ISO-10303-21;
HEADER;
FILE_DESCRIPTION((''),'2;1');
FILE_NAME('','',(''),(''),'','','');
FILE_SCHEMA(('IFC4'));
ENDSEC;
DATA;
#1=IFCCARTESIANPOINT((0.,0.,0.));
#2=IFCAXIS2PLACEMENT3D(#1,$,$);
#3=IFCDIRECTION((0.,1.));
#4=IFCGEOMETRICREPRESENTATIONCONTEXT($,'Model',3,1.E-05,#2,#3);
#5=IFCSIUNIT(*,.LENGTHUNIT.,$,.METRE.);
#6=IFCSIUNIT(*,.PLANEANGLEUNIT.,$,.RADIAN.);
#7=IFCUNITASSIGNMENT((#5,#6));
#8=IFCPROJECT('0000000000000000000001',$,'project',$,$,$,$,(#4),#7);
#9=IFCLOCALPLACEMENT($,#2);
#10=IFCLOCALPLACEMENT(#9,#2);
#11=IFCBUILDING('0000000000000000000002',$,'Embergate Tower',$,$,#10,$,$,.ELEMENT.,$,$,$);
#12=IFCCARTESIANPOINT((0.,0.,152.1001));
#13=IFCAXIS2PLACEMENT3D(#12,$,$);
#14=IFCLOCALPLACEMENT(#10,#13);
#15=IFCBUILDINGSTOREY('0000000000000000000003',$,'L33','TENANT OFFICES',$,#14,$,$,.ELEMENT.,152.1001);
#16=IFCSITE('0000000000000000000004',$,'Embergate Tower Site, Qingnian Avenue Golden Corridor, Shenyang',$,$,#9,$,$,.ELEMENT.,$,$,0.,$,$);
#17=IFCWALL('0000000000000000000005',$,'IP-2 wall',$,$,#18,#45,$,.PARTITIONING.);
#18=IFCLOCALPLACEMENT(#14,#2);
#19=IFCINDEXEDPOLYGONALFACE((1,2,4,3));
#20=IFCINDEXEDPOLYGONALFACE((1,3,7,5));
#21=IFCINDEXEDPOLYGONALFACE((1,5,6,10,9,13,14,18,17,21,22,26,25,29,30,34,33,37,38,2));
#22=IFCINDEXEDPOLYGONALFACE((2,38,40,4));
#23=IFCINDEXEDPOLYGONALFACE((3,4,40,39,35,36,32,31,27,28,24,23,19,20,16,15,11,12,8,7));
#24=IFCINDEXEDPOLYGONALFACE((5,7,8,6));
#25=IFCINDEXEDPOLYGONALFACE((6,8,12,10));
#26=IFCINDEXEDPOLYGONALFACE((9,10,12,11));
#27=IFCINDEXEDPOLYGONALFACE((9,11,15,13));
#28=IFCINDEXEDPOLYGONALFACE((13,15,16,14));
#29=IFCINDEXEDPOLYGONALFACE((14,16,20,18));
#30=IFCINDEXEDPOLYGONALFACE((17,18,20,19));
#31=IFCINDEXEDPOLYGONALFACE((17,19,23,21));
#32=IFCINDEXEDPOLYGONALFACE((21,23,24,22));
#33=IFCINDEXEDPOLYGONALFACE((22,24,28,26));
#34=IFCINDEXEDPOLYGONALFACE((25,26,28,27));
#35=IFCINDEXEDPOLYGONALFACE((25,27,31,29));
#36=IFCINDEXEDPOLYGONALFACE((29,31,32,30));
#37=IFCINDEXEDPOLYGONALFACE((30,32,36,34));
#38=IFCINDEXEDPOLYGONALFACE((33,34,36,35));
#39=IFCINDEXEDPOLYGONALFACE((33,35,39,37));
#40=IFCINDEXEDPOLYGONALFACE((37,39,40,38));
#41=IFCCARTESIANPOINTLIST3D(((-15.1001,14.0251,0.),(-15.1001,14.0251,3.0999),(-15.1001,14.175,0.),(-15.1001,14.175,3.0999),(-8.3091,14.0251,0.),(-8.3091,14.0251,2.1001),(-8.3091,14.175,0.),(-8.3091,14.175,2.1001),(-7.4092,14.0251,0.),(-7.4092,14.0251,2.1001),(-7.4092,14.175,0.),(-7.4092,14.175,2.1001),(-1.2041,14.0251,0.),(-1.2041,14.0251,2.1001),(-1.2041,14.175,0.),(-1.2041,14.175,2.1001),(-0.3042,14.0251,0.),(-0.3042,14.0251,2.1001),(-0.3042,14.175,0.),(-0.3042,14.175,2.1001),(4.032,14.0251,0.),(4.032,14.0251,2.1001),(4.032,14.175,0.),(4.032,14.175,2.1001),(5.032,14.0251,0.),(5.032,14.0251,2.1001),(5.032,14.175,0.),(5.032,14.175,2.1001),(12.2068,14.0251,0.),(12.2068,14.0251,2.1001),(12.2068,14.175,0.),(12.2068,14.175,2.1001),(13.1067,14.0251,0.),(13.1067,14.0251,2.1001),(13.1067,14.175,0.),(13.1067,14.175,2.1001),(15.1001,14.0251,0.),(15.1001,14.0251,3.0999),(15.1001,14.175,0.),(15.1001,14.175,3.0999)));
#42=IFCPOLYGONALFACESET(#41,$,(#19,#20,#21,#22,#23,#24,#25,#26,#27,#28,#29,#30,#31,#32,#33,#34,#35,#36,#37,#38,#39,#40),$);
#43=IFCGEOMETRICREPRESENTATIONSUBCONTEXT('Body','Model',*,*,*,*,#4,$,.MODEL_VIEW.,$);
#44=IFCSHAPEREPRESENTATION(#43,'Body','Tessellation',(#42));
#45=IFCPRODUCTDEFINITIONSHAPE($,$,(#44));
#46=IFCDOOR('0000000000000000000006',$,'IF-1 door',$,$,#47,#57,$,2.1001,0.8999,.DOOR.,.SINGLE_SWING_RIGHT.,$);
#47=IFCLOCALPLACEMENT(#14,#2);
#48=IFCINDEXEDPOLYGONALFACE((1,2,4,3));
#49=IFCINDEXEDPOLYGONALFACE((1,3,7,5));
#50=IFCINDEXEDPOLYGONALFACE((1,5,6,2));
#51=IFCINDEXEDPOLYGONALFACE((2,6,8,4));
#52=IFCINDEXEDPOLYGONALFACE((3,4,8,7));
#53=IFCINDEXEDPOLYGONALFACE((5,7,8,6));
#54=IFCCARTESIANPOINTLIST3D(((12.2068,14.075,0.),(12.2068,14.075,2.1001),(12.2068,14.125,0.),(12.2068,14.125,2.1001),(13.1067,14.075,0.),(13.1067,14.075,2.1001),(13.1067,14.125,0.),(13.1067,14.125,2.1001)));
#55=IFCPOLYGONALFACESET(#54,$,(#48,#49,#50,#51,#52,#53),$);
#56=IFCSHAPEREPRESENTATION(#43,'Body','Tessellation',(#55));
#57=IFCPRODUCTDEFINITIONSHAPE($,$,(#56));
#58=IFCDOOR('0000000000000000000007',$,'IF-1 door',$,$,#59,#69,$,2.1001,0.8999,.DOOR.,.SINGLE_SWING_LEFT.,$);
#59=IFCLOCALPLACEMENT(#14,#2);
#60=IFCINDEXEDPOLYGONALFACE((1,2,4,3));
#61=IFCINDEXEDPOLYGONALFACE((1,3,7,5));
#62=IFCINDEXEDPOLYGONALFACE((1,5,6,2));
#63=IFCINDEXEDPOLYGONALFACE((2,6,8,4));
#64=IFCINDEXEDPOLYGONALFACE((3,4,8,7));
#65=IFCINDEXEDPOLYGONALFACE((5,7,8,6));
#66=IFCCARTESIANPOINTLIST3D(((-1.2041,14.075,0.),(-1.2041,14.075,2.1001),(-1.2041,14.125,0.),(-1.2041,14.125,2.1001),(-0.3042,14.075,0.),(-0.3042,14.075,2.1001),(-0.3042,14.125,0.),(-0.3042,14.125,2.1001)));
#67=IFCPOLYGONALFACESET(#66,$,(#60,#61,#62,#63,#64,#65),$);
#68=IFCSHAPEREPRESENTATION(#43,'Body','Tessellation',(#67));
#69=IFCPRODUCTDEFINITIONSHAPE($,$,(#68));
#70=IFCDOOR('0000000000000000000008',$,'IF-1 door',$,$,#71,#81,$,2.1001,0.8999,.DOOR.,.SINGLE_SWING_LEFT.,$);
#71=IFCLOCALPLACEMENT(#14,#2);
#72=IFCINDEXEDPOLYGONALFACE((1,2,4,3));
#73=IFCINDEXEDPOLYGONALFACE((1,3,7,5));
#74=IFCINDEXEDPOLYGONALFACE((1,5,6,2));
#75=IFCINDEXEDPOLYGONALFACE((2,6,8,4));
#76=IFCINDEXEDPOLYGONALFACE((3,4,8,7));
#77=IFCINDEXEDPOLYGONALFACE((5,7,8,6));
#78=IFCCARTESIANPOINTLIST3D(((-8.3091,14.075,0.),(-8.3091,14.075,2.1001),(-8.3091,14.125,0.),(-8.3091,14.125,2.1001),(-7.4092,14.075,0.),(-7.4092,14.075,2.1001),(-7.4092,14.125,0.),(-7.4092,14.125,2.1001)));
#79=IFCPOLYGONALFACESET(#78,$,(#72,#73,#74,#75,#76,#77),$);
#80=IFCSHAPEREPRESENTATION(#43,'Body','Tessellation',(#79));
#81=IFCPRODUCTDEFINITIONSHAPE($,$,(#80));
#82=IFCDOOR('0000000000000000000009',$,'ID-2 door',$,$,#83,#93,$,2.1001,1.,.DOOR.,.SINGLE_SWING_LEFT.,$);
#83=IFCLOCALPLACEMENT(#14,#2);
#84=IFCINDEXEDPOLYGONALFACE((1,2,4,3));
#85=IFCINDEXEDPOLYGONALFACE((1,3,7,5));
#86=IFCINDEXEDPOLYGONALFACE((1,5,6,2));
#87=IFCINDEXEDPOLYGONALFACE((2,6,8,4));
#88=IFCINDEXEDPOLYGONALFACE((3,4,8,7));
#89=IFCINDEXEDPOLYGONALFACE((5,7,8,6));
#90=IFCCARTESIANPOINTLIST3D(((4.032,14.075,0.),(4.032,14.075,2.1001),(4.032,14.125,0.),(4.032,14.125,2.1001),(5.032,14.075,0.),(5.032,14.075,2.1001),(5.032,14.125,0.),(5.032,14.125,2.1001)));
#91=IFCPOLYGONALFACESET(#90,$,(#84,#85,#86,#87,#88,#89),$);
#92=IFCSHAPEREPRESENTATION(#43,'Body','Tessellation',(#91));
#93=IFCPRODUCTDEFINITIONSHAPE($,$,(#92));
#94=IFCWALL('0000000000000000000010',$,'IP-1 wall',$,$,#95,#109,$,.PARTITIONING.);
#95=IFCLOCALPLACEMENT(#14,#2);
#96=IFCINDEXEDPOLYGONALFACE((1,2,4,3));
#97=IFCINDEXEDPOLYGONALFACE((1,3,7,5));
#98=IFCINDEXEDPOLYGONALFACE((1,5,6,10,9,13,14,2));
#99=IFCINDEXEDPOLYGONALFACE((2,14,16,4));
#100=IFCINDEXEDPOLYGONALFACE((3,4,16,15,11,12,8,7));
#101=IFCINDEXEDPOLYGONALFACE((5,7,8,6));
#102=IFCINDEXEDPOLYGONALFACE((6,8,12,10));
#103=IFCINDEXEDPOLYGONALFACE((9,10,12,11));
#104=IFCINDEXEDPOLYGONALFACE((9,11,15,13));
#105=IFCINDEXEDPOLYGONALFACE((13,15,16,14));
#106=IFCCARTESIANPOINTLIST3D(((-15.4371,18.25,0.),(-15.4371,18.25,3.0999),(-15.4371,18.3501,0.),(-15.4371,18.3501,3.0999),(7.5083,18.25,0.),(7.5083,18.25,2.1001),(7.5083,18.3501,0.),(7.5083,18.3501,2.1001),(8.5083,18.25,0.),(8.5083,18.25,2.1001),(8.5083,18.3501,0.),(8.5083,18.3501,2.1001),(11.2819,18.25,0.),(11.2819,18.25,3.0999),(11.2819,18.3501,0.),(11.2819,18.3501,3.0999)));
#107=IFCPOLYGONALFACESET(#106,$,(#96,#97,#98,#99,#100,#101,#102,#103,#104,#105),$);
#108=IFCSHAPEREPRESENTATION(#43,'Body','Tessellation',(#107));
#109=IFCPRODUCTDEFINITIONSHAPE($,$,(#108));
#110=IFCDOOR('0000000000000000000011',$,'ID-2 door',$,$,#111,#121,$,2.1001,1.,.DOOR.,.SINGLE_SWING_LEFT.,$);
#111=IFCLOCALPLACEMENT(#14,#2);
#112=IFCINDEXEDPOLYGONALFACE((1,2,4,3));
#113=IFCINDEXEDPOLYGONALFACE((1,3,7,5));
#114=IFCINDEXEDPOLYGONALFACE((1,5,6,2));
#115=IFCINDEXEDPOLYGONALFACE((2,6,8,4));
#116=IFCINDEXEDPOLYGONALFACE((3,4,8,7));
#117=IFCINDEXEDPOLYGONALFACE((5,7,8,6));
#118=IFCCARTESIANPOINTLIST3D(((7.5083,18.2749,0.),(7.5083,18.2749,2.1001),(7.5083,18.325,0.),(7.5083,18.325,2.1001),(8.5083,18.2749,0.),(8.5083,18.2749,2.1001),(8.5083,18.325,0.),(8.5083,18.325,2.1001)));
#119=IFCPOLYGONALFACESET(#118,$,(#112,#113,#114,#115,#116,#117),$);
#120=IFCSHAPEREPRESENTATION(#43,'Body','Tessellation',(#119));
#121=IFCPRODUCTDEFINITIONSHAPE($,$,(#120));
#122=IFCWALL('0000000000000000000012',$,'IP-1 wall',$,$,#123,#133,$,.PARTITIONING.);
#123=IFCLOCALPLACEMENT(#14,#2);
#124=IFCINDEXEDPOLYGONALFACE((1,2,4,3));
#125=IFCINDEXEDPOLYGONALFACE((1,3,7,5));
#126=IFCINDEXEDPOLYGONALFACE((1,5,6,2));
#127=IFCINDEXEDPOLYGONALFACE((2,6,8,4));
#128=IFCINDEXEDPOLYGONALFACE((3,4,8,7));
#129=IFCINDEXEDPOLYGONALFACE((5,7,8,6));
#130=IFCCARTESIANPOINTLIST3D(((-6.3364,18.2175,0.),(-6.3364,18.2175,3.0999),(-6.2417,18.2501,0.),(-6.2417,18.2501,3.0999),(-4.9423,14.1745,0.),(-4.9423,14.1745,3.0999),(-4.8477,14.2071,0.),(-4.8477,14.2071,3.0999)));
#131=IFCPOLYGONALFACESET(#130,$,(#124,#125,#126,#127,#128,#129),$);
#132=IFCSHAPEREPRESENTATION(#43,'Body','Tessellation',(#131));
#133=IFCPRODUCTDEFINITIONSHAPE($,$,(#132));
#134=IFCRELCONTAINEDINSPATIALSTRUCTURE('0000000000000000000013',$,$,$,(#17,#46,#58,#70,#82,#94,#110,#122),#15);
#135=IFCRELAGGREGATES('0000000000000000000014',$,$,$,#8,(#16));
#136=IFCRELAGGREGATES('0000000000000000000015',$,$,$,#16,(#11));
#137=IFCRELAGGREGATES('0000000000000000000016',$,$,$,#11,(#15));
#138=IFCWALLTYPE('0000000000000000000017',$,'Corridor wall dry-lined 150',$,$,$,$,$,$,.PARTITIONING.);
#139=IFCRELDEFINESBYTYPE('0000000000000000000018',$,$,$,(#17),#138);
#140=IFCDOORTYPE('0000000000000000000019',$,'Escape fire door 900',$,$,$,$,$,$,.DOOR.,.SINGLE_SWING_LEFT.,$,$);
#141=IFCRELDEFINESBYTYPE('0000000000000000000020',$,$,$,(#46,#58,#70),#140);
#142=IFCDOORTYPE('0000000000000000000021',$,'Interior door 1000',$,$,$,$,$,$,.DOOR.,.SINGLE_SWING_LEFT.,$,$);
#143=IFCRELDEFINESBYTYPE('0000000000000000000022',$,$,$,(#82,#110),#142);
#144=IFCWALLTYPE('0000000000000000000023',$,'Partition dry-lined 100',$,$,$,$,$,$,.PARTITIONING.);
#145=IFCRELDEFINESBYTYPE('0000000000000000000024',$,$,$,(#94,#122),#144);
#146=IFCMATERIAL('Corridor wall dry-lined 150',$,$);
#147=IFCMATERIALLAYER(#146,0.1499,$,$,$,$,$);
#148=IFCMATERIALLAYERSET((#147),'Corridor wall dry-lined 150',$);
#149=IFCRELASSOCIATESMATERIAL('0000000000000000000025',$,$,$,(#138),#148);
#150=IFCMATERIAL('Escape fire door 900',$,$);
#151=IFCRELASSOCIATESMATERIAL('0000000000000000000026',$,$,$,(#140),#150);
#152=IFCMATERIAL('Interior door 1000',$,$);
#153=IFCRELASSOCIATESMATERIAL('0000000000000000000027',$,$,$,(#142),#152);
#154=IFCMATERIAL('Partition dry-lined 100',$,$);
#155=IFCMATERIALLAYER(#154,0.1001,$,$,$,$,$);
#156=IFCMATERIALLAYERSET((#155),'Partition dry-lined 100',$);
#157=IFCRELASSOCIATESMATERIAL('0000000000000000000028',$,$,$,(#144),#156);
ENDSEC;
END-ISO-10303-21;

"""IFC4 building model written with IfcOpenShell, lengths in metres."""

from ifc_helpers import new_model, si_unit, direction, frame, frame_2d, origin, place, context, subcontext, project, spatial, rectangle, extrude, source, transform, mapped, material, layer, layer_set, type_object, element, fill, save


model = new_model("IFC4")

# Units and contexts
model_context = context("Model", 3, precision=1e-05, world=origin(), true_north=direction((0.0, 1.0)))
body_context = subcontext(model_context, "Body", "Model", "MODEL_VIEW")
ifc_project = project(units=[si_unit("LENGTHUNIT", "METRE"), si_unit("PLANEANGLEUNIT", "RADIAN")], contexts=[model_context])

# Site, building, storey
site_placement = place(None, origin())
site = spatial("IfcSite", under=ifc_project, at=site_placement, Name="Embergate Tower Site, Qingnian Avenue Golden Corridor, Shenyang", CompositionType="ELEMENT", RefElevation=0.0)
building_placement = place(site_placement, origin())
building = spatial("IfcBuilding", under=site, at=building_placement, Name="Embergate Tower", CompositionType="ELEMENT")
storey_placement = place(building_placement, frame((0.0, 0.0, 152.1001)))
storey = spatial("IfcBuildingStorey", under=building, at=storey_placement, Name="L33", Description="TENANT OFFICES", CompositionType="ELEMENT", Elevation=152.1001)

# Wall, openings, doors
ifc_material_1 = material(Name="Corridor wall dry-lined 150")
ifc_layer_1 = layer(ifc_material_1, 0.1499)
ifc_layer_set_1 = layer_set([ifc_layer_1], Name="Corridor wall dry-lined 150")
wall_type_1 = type_object("IfcWallType", Name="Corridor wall dry-lined 150", PredefinedType="PARTITIONING", material=ifc_layer_set_1)
shared_shape_1 = source(origin(), body_context, "Body", "SweptSolid", [
    extrude(rectangle(XDim=30.2002, YDim=0.1499, at=frame_2d((15.1001, 0.0))), origin(), (0.0, 0.0, 1.0), 3.0999),
])
wall_1_placement = place(storey_placement, frame((-15.1001, 14.1001, 0.0), z_axis=(0.0, 0.0, 1.0), x_axis=(1.0, 0.0, 0.0)))
wall_1 = element("IfcWall", 1, at=wall_1_placement, inside=storey, type_object=wall_type_1, Name="IP-2 wall", PredefinedType="PARTITIONING", context=body_context, shape_type="MappedRepresentation", body=[
    mapped(shared_shape_1, transform((0.0, 0.0, 0.0))),
])
shared_shape_2 = source(origin(), body_context, "Body", "SweptSolid", [
    extrude(rectangle(XDim=0.8999, YDim=2.1001, at=frame_2d((0.45, 1.05))), frame((0.0, 0.085, 0.0), z_axis=(0.0, -1.0, 0.0), x_axis=(1.0, 0.0, 0.0)), (0.0, 0.0, 1.0), 0.1699),
])
opening_1_placement = place(wall_1_placement, frame((27.3069, 0.0, 0.0)))
opening_1 = element("IfcOpeningElement", 2, at=opening_1_placement, cuts=wall_1, PredefinedType="OPENING", context=body_context, shape_type="MappedRepresentation", body=[
    mapped(shared_shape_2, transform((0.0, 0.0, 0.0))),
])
shared_shape_3 = source(origin(), body_context, "Body", "SweptSolid", [
    extrude(rectangle(XDim=1.0, YDim=2.1001, at=frame_2d((0.5, 1.05))), frame((0.0, 0.085, 0.0), z_axis=(0.0, -1.0, 0.0), x_axis=(1.0, 0.0, 0.0)), (0.0, 0.0, 1.0), 0.1699),
])
opening_2_placement = place(wall_1_placement, frame((19.1321, 0.0, 0.0)))
opening_2 = element("IfcOpeningElement", 3, at=opening_2_placement, cuts=wall_1, PredefinedType="OPENING", context=body_context, shape_type="MappedRepresentation", body=[
    mapped(shared_shape_3, transform((0.0, 0.0, 0.0))),
])
opening_3_placement = place(wall_1_placement, frame((13.896, 0.0, 0.0)))
opening_3 = element("IfcOpeningElement", 4, at=opening_3_placement, cuts=wall_1, PredefinedType="OPENING", context=body_context, shape_type="MappedRepresentation", body=[
    mapped(shared_shape_2, transform((0.0, 0.0, 0.0))),
])
opening_4_placement = place(wall_1_placement, frame((6.791, 0.0, 0.0)))
opening_4 = element("IfcOpeningElement", 5, at=opening_4_placement, cuts=wall_1, PredefinedType="OPENING", context=body_context, shape_type="MappedRepresentation", body=[
    mapped(shared_shape_2, transform((0.0, 0.0, 0.0))),
])
ifc_material_2 = material(Name="Escape fire door 900")
door_type_1 = type_object("IfcDoorType", Name="Escape fire door 900", OperationType="SINGLE_SWING_LEFT", PredefinedType="DOOR", material=ifc_material_2)
shared_shape_4 = source(origin(), body_context, "Body", "SweptSolid", [
    extrude(rectangle(XDim=0.8999, YDim=2.1001, at=frame_2d((0.45, 1.05))), frame((0.0, 0.0249, 0.0), z_axis=(0.0, -1.0, 0.0), x_axis=(1.0, 0.0, 0.0)), (0.0, 0.0, 1.0), 0.05),
])
door_1_placement = place(opening_1_placement, origin())
door_1 = element("IfcDoor", 6, at=door_1_placement, inside=storey, type_object=door_type_1, Name="IF-1 door", OperationType="SINGLE_SWING_RIGHT", OverallHeight=2.1001, OverallWidth=0.8999, PredefinedType="DOOR", context=body_context, shape_type="MappedRepresentation", body=[
    mapped(shared_shape_4, transform((0.0, 0.0, 0.0))),
])
fill(opening_1, door_1)
door_2_placement = place(opening_3_placement, origin())
door_2 = element("IfcDoor", 7, at=door_2_placement, inside=storey, type_object=door_type_1, Name="IF-1 door", OperationType="SINGLE_SWING_LEFT", OverallHeight=2.1001, OverallWidth=0.8999, PredefinedType="DOOR", context=body_context, shape_type="MappedRepresentation", body=[
    mapped(shared_shape_4, transform((0.0, 0.0, 0.0))),
])
fill(opening_3, door_2)
door_3_placement = place(opening_4_placement, origin())
door_3 = element("IfcDoor", 8, at=door_3_placement, inside=storey, type_object=door_type_1, Name="IF-1 door", OperationType="SINGLE_SWING_LEFT", OverallHeight=2.1001, OverallWidth=0.8999, PredefinedType="DOOR", context=body_context, shape_type="MappedRepresentation", body=[
    mapped(shared_shape_4, transform((0.0, 0.0, 0.0))),
])
fill(opening_4, door_3)
ifc_material_3 = material(Name="Interior door 1000")
door_type_2 = type_object("IfcDoorType", Name="Interior door 1000", OperationType="SINGLE_SWING_LEFT", PredefinedType="DOOR", material=ifc_material_3)
shared_shape_5 = source(origin(), body_context, "Body", "SweptSolid", [
    extrude(rectangle(XDim=1.0, YDim=2.1001, at=frame_2d((0.5, 1.05))), frame((0.0, 0.0249, 0.0), z_axis=(0.0, -1.0, 0.0), x_axis=(1.0, 0.0, 0.0)), (0.0, 0.0, 1.0), 0.05),
])
door_4_placement = place(opening_2_placement, origin())
door_4 = element("IfcDoor", 9, at=door_4_placement, inside=storey, type_object=door_type_2, Name="ID-2 door", OperationType="SINGLE_SWING_LEFT", OverallHeight=2.1001, OverallWidth=1.0, PredefinedType="DOOR", context=body_context, shape_type="MappedRepresentation", body=[
    mapped(shared_shape_5, transform((0.0, 0.0, 0.0))),
])
fill(opening_2, door_4)

# Wall, opening, door
ifc_material_4 = material(Name="Partition dry-lined 100")
ifc_layer_2 = layer(ifc_material_4, 0.1001)
ifc_layer_set_2 = layer_set([ifc_layer_2], Name="Partition dry-lined 100")
wall_type_2 = type_object("IfcWallType", Name="Partition dry-lined 100", PredefinedType="PARTITIONING", material=ifc_layer_set_2)
shared_shape_6 = source(origin(), body_context, "Body", "SweptSolid", [
    extrude(rectangle(XDim=26.719, YDim=0.1001, at=frame_2d((13.3594, 0.0))), origin(), (0.0, 0.0, 1.0), 3.0999),
])
wall_2_placement = place(storey_placement, frame((-15.437, 18.3, 0.0), z_axis=(0.0, 0.0, 1.0), x_axis=(1.0, 0.0, 0.0)))
wall_2 = element("IfcWall", 10, at=wall_2_placement, inside=storey, type_object=wall_type_2, Name="IP-1 wall", PredefinedType="PARTITIONING", context=body_context, shape_type="MappedRepresentation", body=[
    mapped(shared_shape_6, transform((0.0, 0.0, 0.0))),
])
shared_shape_7 = source(origin(), body_context, "Body", "SweptSolid", [
    extrude(rectangle(XDim=1.0, YDim=2.1001, at=frame_2d((0.5, 1.05))), frame((0.0, 0.0601, 0.0), z_axis=(0.0, -1.0, 0.0), x_axis=(1.0, 0.0, 0.0)), (0.0, 0.0, 1.0), 0.1201),
])
opening_5_placement = place(wall_2_placement, frame((22.9453, 0.0, 0.0)))
opening_5 = element("IfcOpeningElement", 11, at=opening_5_placement, cuts=wall_2, PredefinedType="OPENING", context=body_context, shape_type="MappedRepresentation", body=[
    mapped(shared_shape_7, transform((0.0, 0.0, 0.0))),
])
door_5_placement = place(opening_5_placement, origin())
door_5 = element("IfcDoor", 12, at=door_5_placement, inside=storey, type_object=door_type_2, Name="ID-2 door", OperationType="SINGLE_SWING_LEFT", OverallHeight=2.1001, OverallWidth=1.0, PredefinedType="DOOR", context=body_context, shape_type="MappedRepresentation", body=[
    mapped(shared_shape_5, transform((0.0, 0.0, 0.0))),
])
fill(opening_5, door_5)

# Wall
shared_shape_8 = source(origin(), body_context, "Body", "SweptSolid", [
    extrude(rectangle(XDim=4.2766, YDim=0.1001, at=frame_2d((2.1382, 0.0))), origin(), (0.0, 0.0, 1.0), 3.0999),
])
wall_3_placement = place(storey_placement, frame((-4.895, 14.1909, 0.0), z_axis=(0.0, 0.0, 1.0), x_axis=(-0.325973, 0.945379, 0.0)))
element("IfcWall", 13, at=wall_3_placement, inside=storey, type_object=wall_type_2, Name="IP-1 wall", PredefinedType="PARTITIONING", context=body_context, shape_type="MappedRepresentation", body=[
    mapped(shared_shape_8, transform((0.0, 0.0, 0.0))),
])

save(model, "model.ifc")
